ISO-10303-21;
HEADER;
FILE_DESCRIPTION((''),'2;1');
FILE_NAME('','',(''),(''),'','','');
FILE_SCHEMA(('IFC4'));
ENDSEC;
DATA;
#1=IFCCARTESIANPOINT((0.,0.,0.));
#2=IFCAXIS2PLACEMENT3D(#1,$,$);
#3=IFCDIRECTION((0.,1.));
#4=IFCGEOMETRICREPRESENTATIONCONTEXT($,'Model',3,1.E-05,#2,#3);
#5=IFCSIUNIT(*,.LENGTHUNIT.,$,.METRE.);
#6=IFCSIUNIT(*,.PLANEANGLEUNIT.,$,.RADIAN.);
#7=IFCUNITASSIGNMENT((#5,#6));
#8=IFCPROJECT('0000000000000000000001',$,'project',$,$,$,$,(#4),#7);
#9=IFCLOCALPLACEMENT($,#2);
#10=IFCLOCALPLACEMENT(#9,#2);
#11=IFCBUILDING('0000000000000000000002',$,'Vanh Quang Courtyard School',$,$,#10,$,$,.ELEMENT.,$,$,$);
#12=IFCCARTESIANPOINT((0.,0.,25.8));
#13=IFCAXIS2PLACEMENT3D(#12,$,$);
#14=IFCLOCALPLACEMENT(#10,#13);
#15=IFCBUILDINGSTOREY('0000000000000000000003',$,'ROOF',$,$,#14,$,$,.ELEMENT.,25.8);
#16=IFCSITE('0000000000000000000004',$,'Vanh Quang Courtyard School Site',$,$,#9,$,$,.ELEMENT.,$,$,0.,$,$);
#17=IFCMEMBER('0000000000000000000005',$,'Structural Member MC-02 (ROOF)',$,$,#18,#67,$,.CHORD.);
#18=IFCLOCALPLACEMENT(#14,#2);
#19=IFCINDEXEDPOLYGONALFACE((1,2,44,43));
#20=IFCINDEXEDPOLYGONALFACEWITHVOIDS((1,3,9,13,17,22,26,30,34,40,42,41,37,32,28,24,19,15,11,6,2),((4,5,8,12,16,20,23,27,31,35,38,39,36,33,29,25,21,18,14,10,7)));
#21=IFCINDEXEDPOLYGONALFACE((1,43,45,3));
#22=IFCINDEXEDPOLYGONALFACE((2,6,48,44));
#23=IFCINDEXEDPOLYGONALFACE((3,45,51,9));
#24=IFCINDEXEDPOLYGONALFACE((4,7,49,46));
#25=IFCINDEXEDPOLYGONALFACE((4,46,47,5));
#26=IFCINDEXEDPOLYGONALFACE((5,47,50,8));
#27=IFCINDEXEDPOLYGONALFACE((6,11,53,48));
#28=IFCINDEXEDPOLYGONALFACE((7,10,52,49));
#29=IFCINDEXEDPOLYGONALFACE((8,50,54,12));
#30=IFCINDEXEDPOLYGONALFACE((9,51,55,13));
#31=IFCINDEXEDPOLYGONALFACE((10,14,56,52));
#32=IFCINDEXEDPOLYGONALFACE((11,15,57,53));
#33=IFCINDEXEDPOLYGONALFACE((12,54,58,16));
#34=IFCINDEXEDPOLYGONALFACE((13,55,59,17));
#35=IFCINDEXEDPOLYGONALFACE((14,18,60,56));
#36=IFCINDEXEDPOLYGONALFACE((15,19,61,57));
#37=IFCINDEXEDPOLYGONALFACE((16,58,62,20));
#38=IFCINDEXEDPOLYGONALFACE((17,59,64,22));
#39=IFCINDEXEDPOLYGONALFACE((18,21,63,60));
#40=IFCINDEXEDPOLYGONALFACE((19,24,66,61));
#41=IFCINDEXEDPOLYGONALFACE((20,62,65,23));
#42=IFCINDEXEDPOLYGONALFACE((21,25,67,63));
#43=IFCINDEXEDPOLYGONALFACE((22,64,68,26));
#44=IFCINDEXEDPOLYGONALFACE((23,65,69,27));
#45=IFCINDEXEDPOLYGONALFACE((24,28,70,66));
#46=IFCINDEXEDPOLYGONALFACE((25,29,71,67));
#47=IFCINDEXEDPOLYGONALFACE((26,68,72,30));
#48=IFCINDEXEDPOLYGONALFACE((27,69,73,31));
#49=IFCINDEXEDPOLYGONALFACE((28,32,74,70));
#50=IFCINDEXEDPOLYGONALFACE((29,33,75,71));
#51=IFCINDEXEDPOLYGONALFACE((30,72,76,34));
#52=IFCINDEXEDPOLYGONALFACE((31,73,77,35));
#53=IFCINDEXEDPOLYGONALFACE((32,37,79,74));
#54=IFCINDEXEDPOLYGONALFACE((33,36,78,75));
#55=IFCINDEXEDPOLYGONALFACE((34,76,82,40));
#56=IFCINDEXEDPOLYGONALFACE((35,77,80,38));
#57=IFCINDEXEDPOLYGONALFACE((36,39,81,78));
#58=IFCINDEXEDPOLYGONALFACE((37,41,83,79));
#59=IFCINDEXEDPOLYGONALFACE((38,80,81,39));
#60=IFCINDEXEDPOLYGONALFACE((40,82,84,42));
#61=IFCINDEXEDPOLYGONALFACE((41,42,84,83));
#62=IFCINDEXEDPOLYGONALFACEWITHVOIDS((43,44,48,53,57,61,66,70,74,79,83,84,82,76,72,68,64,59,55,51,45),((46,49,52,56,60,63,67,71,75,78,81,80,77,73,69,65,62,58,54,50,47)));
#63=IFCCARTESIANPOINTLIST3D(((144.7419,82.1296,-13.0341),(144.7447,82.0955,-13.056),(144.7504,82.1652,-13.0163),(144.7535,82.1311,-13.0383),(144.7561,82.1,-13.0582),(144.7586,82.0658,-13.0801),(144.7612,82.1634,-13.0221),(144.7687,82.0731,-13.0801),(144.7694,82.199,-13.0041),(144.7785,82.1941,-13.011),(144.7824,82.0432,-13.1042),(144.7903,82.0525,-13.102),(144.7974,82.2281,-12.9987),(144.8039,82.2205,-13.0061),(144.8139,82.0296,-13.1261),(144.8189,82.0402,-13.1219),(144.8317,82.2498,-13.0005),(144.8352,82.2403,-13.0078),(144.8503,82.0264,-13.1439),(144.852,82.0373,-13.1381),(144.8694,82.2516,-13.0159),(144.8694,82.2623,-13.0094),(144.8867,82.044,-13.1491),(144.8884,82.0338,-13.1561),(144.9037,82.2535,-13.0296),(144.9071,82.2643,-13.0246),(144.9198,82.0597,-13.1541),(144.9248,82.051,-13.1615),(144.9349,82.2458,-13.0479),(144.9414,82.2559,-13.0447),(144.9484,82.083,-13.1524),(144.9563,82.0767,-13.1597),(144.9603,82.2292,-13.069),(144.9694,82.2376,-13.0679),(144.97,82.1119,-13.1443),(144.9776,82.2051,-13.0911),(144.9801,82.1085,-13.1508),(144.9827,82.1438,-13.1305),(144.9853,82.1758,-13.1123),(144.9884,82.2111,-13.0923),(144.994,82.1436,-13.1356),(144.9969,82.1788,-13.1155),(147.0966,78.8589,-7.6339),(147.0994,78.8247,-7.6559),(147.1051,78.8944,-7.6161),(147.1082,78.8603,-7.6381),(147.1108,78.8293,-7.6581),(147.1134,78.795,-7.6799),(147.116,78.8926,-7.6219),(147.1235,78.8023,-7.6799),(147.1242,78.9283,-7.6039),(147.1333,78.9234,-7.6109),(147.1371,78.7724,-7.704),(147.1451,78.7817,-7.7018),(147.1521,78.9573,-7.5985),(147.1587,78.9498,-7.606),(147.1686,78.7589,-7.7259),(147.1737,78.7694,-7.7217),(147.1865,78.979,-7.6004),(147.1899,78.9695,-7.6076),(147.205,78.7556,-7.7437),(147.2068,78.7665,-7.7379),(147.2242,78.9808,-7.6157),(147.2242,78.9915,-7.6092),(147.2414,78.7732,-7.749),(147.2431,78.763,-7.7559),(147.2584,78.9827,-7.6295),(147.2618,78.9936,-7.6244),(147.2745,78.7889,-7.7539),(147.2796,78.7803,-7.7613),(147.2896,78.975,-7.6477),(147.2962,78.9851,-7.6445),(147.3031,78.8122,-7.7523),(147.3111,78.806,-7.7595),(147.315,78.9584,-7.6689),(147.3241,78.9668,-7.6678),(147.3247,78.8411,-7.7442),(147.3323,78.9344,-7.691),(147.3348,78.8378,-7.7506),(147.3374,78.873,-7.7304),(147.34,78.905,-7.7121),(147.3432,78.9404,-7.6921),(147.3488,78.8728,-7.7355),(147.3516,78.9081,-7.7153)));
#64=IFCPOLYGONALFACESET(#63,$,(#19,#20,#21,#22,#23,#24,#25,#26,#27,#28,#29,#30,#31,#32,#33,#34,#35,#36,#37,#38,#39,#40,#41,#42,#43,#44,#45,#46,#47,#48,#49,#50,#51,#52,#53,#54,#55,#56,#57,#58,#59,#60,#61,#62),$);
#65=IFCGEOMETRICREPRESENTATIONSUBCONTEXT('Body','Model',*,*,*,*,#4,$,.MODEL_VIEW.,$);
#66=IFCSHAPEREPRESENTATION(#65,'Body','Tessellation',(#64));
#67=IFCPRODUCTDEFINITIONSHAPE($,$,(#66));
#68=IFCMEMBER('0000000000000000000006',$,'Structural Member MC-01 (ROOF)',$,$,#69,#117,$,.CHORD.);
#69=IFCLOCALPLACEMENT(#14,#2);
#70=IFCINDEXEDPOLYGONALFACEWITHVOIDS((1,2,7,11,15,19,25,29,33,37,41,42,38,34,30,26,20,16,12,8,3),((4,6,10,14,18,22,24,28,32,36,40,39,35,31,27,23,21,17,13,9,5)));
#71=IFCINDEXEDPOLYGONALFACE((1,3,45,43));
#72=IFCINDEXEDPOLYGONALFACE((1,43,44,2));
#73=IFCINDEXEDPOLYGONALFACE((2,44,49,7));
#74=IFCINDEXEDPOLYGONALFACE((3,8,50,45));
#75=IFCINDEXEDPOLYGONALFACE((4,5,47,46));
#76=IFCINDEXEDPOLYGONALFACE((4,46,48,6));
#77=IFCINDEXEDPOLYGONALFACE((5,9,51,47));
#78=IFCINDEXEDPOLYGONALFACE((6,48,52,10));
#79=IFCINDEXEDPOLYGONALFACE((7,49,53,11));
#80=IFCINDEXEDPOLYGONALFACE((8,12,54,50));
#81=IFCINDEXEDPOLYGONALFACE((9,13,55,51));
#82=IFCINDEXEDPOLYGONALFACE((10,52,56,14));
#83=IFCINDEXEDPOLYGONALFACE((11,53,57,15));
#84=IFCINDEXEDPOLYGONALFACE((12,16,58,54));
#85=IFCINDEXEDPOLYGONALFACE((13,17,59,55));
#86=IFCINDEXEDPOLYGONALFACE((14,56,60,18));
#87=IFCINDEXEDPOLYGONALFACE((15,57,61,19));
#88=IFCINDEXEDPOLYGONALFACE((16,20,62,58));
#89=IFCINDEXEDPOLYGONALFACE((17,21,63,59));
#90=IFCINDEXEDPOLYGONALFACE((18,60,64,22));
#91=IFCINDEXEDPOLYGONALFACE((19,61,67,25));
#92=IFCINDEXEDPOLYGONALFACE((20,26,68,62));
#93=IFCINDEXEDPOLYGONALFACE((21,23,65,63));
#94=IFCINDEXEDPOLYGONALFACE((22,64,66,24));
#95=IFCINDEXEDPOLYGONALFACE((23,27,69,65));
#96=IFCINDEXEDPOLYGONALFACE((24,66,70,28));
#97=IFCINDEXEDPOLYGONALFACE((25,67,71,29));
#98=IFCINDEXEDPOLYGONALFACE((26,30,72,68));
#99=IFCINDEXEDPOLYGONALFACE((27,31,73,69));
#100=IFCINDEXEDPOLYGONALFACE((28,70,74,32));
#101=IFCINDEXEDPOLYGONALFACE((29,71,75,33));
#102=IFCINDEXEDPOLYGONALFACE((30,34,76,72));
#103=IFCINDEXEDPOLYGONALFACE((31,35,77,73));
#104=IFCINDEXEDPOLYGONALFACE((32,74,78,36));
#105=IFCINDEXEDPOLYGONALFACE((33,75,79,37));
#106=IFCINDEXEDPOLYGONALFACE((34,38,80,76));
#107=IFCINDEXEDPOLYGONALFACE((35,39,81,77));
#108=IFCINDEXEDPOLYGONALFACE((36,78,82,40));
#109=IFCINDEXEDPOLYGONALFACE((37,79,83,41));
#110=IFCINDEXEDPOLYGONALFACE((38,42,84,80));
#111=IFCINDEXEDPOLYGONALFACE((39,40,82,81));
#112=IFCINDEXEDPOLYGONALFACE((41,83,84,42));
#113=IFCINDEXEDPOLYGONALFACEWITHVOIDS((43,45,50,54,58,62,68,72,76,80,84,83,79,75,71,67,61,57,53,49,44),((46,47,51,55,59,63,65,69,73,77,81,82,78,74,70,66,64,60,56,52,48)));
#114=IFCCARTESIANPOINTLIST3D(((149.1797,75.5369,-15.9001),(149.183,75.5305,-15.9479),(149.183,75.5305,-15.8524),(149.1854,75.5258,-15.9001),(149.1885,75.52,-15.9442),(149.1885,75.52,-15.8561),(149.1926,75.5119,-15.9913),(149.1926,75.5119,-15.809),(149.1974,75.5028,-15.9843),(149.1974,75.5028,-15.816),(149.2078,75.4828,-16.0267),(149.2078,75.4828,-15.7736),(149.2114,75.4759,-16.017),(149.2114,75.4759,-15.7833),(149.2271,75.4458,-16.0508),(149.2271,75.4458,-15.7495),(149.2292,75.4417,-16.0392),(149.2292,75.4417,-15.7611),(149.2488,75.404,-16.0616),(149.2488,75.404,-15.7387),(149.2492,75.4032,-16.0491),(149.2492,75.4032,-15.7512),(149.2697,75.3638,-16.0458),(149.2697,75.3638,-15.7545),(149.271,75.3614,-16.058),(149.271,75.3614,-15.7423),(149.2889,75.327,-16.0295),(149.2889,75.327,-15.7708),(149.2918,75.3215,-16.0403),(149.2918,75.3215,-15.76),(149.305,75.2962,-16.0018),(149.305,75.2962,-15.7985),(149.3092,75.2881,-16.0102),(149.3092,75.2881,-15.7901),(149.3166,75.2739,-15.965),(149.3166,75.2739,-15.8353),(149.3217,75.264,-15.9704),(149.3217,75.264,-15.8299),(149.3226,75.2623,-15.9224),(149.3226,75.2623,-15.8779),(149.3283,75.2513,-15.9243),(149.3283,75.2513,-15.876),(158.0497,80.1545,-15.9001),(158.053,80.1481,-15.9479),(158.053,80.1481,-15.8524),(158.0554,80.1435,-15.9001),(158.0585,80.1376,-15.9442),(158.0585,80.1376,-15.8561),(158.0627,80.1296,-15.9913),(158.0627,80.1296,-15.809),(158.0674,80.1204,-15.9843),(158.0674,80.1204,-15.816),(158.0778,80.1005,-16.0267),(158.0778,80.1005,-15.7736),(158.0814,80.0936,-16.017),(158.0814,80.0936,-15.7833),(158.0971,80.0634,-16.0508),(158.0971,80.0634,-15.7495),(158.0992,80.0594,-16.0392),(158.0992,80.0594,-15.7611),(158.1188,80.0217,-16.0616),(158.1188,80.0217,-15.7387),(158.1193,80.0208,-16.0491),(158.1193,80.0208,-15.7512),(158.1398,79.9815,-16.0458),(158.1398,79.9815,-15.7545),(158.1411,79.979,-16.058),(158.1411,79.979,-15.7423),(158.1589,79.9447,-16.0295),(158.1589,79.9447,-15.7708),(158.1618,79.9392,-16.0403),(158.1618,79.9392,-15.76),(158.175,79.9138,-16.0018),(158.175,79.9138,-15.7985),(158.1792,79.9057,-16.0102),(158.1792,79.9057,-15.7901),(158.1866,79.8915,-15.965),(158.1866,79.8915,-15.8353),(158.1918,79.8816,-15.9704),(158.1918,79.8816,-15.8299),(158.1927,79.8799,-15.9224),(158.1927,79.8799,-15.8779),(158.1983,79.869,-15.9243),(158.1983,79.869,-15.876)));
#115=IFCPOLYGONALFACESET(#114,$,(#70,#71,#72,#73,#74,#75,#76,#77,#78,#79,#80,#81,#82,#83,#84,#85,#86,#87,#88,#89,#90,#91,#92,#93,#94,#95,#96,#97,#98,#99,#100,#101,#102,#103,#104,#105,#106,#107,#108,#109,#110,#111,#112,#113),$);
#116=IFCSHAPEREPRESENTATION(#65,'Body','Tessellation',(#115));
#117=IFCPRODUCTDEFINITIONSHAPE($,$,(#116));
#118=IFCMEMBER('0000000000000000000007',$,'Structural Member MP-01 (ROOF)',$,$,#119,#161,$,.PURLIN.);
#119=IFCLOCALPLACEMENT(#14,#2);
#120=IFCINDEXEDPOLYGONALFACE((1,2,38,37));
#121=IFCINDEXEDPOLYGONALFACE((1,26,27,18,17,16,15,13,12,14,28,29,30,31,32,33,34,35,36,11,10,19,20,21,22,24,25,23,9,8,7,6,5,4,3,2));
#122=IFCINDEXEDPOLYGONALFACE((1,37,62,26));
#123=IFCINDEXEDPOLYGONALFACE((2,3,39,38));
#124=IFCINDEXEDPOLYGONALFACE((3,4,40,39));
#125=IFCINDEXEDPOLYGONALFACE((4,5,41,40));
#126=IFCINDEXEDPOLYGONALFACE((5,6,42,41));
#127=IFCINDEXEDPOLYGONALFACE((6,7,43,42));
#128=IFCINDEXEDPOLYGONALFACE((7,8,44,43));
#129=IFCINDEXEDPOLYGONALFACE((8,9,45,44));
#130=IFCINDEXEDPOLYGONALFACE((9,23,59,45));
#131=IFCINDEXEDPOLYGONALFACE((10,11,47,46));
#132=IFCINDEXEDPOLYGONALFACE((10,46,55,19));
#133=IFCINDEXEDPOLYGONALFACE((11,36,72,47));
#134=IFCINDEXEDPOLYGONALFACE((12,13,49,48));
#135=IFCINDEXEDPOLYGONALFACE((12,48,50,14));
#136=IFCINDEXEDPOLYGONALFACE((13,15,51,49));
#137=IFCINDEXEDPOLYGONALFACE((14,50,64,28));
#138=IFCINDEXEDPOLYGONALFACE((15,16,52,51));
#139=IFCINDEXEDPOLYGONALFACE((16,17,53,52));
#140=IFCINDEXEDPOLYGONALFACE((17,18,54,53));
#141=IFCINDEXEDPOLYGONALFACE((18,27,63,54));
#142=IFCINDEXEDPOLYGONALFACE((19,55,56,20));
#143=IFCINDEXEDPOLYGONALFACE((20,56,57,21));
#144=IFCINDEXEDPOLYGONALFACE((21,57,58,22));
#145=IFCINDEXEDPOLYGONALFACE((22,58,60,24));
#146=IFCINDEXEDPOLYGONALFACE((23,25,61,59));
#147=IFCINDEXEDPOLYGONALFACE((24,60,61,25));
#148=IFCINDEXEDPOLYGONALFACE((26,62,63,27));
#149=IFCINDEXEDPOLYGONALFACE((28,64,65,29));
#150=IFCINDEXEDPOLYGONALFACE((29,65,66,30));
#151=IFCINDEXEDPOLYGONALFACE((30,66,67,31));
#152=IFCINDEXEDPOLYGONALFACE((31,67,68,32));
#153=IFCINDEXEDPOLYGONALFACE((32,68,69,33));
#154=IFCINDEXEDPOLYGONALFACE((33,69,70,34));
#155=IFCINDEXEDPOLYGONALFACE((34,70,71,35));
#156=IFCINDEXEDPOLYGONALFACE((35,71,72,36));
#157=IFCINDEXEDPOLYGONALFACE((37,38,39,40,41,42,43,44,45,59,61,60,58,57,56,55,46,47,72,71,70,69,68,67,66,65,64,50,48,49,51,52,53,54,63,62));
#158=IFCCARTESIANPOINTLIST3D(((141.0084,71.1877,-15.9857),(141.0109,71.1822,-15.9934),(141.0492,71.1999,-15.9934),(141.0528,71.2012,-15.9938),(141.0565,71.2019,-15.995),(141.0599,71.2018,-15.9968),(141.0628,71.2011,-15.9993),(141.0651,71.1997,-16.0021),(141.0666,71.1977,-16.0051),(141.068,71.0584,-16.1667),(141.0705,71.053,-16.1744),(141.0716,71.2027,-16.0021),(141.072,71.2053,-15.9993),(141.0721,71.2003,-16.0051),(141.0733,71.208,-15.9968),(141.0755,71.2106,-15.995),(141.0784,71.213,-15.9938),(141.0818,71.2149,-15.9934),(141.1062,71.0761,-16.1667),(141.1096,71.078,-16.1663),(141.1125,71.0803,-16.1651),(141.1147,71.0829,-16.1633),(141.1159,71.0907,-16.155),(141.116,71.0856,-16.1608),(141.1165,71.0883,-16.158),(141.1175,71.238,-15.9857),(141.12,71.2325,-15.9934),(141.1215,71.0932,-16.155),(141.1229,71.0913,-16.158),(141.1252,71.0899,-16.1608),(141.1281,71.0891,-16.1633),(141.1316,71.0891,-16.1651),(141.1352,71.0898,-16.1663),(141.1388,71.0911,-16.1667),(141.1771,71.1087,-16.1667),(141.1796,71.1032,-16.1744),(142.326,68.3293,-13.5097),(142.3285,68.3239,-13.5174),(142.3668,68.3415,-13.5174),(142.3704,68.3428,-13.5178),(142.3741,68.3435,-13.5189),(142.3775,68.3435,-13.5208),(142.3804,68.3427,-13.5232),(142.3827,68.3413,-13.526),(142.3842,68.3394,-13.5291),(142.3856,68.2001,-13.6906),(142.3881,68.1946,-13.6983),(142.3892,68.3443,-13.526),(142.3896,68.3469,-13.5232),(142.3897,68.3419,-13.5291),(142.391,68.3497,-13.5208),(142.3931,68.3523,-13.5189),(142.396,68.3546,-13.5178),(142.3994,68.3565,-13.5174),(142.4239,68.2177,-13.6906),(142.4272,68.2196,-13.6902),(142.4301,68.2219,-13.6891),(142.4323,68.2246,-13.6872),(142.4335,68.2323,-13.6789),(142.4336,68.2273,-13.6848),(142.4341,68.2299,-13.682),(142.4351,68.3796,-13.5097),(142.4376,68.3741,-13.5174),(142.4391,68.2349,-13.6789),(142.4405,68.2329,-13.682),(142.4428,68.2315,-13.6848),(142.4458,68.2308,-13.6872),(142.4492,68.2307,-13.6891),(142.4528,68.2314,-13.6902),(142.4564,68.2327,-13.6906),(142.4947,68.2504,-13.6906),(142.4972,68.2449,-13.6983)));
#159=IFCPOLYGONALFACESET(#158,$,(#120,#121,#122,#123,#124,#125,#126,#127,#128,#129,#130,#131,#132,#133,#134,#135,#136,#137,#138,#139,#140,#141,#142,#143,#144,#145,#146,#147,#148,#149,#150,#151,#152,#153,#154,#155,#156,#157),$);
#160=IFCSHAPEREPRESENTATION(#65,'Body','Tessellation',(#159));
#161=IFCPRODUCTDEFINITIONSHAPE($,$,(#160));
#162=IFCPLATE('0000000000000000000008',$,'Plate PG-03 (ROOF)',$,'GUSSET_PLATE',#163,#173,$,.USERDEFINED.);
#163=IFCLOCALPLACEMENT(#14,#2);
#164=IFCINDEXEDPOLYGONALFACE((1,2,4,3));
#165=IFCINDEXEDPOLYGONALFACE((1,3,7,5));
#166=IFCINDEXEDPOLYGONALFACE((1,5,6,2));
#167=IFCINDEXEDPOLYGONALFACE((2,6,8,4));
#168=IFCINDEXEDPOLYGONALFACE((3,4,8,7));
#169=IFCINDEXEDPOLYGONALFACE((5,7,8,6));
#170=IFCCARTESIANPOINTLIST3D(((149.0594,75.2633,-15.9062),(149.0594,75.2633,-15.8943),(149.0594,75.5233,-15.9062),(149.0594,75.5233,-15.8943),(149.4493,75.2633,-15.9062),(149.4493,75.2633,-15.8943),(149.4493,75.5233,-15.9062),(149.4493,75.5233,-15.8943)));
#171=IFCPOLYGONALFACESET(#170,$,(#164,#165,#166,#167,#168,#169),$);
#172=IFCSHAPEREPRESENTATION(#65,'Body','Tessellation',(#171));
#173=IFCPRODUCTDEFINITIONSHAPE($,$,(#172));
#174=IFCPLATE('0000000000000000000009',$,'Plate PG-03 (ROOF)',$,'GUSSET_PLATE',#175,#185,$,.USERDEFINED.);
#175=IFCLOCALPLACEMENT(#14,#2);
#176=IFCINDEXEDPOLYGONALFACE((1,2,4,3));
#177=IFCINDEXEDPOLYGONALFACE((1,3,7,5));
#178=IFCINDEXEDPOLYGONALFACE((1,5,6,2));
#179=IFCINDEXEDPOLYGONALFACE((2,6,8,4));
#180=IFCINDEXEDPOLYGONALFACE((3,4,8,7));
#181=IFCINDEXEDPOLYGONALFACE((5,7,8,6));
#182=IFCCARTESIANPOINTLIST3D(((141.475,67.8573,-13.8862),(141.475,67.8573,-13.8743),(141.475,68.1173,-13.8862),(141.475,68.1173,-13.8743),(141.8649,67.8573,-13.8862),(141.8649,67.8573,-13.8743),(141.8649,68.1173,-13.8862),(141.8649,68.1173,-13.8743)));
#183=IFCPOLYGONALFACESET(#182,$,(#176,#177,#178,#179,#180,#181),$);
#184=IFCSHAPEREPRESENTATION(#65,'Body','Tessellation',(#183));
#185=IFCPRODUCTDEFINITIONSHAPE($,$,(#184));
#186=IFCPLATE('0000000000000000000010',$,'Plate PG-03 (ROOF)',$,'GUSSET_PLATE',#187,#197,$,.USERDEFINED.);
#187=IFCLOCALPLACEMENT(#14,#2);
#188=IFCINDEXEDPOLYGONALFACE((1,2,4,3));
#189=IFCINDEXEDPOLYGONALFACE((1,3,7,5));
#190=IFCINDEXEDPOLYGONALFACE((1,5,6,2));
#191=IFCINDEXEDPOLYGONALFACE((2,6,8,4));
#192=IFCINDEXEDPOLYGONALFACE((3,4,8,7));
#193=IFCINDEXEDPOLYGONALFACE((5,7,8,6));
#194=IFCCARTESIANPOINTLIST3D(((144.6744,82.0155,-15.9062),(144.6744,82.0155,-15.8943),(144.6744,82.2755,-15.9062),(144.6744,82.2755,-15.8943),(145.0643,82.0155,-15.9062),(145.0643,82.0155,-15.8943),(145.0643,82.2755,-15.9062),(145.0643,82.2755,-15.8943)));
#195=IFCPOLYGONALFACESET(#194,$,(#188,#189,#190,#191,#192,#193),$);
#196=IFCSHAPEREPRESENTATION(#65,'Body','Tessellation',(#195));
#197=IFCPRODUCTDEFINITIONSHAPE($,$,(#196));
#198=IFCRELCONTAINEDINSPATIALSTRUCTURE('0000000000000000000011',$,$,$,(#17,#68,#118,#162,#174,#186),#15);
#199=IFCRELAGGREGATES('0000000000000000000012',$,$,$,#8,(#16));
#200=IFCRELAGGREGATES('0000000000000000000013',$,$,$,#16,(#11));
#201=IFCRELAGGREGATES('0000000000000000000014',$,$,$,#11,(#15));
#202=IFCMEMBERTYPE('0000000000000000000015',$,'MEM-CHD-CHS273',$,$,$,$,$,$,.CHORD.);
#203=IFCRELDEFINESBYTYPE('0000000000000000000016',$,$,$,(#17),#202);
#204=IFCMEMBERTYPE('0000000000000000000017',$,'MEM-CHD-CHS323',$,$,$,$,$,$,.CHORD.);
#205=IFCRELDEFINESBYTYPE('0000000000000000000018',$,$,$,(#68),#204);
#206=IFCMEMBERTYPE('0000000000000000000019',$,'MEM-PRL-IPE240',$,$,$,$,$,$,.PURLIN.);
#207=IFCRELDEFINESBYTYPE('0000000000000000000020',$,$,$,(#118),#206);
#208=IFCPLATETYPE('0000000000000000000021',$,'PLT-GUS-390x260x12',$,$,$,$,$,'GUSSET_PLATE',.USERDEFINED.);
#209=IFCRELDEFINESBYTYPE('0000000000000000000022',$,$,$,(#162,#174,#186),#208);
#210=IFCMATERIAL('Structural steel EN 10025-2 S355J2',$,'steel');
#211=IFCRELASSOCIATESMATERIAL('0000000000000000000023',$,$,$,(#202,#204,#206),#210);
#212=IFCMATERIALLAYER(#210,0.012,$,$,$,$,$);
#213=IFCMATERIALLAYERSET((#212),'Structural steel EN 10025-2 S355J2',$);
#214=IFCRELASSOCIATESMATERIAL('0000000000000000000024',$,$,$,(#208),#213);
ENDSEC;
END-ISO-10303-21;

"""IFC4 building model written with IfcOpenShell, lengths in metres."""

from ifc_helpers import new_model, si_unit, direction, frame, origin, origin_2d, place, context, subcontext, project, spatial, rectangle, hollow_circle, i_section, extrude, material, layer, layer_set, material_profile, profile_set, type_object, element, save


model = new_model("IFC4")

# Units and contexts
model_context = context("Model", 3, precision=1e-05, world=origin(), true_north=direction((0.0, 1.0)))
body_context = subcontext(model_context, "Body", "Model", "MODEL_VIEW")
ifc_project = project(units=[si_unit("LENGTHUNIT", "METRE"), si_unit("PLANEANGLEUNIT", "RADIAN")], contexts=[model_context])

# Site, building, storey
site_placement = place(None, origin())
site = spatial("IfcSite", under=ifc_project, at=site_placement, Name="Vanh Quang Courtyard School Site", CompositionType="ELEMENT", RefElevation=0.0)
building_placement = place(site_placement, origin())
building = spatial("IfcBuilding", under=site, at=building_placement, Name="Vanh Quang Courtyard School", CompositionType="ELEMENT")
storey_placement = place(building_placement, frame((0.0, 0.0, 25.8)))
storey = spatial("IfcBuildingStorey", under=building, at=storey_placement, Name="ROOF", CompositionType="ELEMENT", Elevation=25.8)

# Shared definitions
ifc_material_1 = material(Name="Structural steel EN 10025-2 S355J2", Category="steel")

# Members
ifc_material_profile_1 = material_profile(ifc_material_1, hollow_circle(Radius=0.1365, WallThickness=0.0125, at=origin_2d()), Name="CHS 273x12.5")
ifc_profile_set_1 = profile_set([ifc_material_profile_1], Name="Structural steel EN 10025-2 S355J2")
member_type_1 = type_object("IfcMemberType", Name="MEM-CHD-CHS273", PredefinedType="CHORD", material=ifc_profile_set_1)
for number, where, z_axis, x_axis, name in (
    (1, (147.2241, 78.8748, -7.6799), (-0.349457, 0.4854, -0.801415), (-0.811558, -0.584271, 0.0), "Structural Member MC-02 (ROOF)"),
):
    element("IfcMember", number, at=place(storey_placement, frame(where, z_axis=z_axis, x_axis=x_axis)), inside=storey, type_object=member_type_1, Name=name, PredefinedType="CHORD", context=body_context, shape_type="SweptSolid", body=[
        extrude(hollow_circle(Radius=0.1365, WallThickness=0.0125, at=origin_2d()), origin(), (0.0, 0.0, 1.0), 6.7383),
    ])
ifc_material_profile_2 = material_profile(ifc_material_1, hollow_circle(Radius=0.1619, WallThickness=0.0125, at=origin_2d()), Name="CHS 323.9x12.5")
ifc_profile_set_2 = profile_set([ifc_material_profile_2], Name="Structural steel EN 10025-2 S355J2")
member_type_2 = type_object("IfcMemberType", Name="MEM-CHD-CHS323", PredefinedType="CHORD", material=ifc_profile_set_2)
member_1_placement = place(storey_placement, frame((149.2544, 75.3933, -15.9001), z_axis=(0.887003, 0.461763, 0.0), x_axis=(-0.461763, 0.887003, 0.0)))
element("IfcMember", 2, at=member_1_placement, inside=storey, type_object=member_type_2, Name="Structural Member MC-01 (ROOF)", PredefinedType="CHORD", context=body_context, shape_type="SweptSolid", body=[
    extrude(hollow_circle(Radius=0.1619, WallThickness=0.0125, at=origin_2d()), origin(), (0.0, 0.0, 1.0), 10.0),
])
ifc_material_profile_3 = material_profile(ifc_material_1, i_section(OverallWidth=0.1201, OverallDepth=0.24, WebThickness=0.0061, FlangeThickness=0.0098, FilletRadius=0.0149, at=origin_2d()), Name="IPE 240")
ifc_profile_set_3 = profile_set([ifc_material_profile_3], Name="Structural steel EN 10025-2 S355J2")
member_type_3 = type_object("IfcMemberType", Name="MEM-PRL-IPE240", PredefinedType="PURLIN", material=ifc_profile_set_3)
member_2_placement = place(storey_placement, frame((142.4116, 68.2871, -13.604), z_axis=(-0.329021, 0.713763, -0.618294), x_axis=(-0.908157, -0.41863, 0.0)))
element("IfcMember", 3, at=member_2_placement, inside=storey, type_object=member_type_3, Name="Structural Member MP-01 (ROOF)", PredefinedType="PURLIN", context=body_context, shape_type="SweptSolid", body=[
    extrude(i_section(OverallWidth=0.1201, OverallDepth=0.24, WebThickness=0.0061, FlangeThickness=0.0098, FilletRadius=0.0149, at=origin_2d()), origin(), (0.0, 0.0, 1.0), 4.0046),
])

# Plates
ifc_layer_1 = layer(ifc_material_1, 0.012)
ifc_layer_set_1 = layer_set([ifc_layer_1], Name="Structural steel EN 10025-2 S355J2")
plate_type_1 = type_object("IfcPlateType", Name="PLT-GUS-390x260x12", ElementType="GUSSET_PLATE", PredefinedType="USERDEFINED", material=ifc_layer_set_1)
for number, where, z_axis, x_axis, name in (
    (4, (149.2544, 75.3933, -15.9062), (0.0, 0.0, 1.0), (1.0, 0.0, 0.0), "Plate PG-03 (ROOF)"),
    (5, (141.6699, 67.9873, -13.8862), (0.0, 0.0, 1.0), (1.0, 0.0, 0.0), "Plate PG-03 (ROOF)"),
    (6, (144.8694, 82.1455, -15.9062), (0.0, 0.0, 1.0), (1.0, 0.0, 0.0), "Plate PG-03 (ROOF)"),
):
    element("IfcPlate", number, at=place(storey_placement, frame(where, z_axis=z_axis, x_axis=x_axis)), inside=storey, type_object=plate_type_1, Name=name, ObjectType="GUSSET_PLATE", PredefinedType="USERDEFINED", context=body_context, shape_type="SweptSolid", body=[
        extrude(rectangle(XDim=0.3899, YDim=0.26, at=origin_2d()), origin(), (0.0, 0.0, 1.0), 0.012),
    ])

save(model, "model.ifc")
